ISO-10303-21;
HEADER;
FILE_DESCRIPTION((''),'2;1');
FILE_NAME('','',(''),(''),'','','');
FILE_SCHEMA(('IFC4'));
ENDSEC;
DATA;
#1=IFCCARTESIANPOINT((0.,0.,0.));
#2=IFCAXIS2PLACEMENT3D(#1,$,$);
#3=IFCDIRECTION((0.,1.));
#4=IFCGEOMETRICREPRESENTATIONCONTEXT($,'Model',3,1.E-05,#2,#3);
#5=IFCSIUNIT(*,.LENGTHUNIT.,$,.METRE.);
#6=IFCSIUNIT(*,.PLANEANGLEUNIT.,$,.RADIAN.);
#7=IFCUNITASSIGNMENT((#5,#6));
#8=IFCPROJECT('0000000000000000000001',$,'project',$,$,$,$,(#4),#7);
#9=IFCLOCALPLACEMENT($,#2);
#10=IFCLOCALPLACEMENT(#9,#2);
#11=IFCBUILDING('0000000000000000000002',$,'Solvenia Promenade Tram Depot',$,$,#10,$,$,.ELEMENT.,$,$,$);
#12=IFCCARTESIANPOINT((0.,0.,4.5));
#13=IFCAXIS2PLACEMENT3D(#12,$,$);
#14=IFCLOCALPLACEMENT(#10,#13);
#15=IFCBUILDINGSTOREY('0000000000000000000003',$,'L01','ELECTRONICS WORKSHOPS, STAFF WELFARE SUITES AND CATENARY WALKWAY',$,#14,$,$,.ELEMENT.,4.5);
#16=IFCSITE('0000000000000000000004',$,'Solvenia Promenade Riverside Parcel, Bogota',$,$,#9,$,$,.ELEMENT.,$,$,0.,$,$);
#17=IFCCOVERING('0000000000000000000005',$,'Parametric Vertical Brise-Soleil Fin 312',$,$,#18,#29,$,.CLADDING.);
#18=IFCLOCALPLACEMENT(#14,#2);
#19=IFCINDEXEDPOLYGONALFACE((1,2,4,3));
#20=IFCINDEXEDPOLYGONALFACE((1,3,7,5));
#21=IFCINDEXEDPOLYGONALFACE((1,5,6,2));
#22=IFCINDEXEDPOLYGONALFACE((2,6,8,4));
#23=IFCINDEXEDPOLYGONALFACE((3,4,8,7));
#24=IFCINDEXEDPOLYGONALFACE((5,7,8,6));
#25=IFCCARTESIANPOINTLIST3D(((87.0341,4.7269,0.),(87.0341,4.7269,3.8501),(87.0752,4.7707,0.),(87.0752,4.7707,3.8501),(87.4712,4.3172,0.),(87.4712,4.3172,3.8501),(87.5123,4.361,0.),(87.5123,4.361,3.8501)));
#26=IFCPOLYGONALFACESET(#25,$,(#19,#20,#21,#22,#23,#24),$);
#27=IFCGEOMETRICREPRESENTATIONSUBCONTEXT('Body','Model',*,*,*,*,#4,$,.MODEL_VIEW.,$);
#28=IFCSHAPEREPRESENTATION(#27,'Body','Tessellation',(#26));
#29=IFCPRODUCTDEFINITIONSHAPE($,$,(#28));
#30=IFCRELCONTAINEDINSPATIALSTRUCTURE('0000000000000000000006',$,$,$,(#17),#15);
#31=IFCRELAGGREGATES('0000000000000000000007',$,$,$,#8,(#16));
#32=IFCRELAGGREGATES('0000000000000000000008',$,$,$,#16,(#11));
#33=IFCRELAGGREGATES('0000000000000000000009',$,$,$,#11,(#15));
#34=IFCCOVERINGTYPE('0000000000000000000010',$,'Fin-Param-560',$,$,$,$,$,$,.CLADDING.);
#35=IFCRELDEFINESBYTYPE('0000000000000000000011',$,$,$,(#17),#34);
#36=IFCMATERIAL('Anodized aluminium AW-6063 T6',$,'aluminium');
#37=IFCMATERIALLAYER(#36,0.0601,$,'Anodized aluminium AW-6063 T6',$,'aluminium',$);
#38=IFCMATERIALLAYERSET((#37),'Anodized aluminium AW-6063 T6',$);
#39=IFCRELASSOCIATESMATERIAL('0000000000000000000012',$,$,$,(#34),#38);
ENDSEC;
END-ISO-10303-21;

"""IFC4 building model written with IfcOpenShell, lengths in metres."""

from ifc_helpers import new_model, si_unit, direction, frame, origin, origin_2d, place, context, subcontext, project, spatial, rectangle, extrude, material, layer, layer_set, type_object, element, save


model = new_model("IFC4")

# Units and contexts
model_context = context("Model", 3, precision=1e-05, world=origin(), true_north=direction((0.0, 1.0)))
body_context = subcontext(model_context, "Body", "Model", "MODEL_VIEW")
ifc_project = project(units=[si_unit("LENGTHUNIT", "METRE"), si_unit("PLANEANGLEUNIT", "RADIAN")], contexts=[model_context])

# Site, building, storey
site_placement = place(None, origin())
site = spatial("IfcSite", under=ifc_project, at=site_placement, Name="Solvenia Promenade Riverside Parcel, Bogota", CompositionType="ELEMENT", RefElevation=0.0)
building_placement = place(site_placement, origin())
building = spatial("IfcBuilding", under=site, at=building_placement, Name="Solvenia Promenade Tram Depot", CompositionType="ELEMENT")
storey_placement = place(building_placement, frame((0.0, 0.0, 4.5)))
storey = spatial("IfcBuildingStorey", under=building, at=storey_placement, Name="L01", Description="ELECTRONICS WORKSHOPS, STAFF WELFARE SUITES AND CATENARY WALKWAY", CompositionType="ELEMENT", Elevation=4.5)

# Shared definitions
ifc_material_1 = material(Name="Anodized aluminium AW-6063 T6", Category="aluminium")

# Covering
ifc_layer_1 = layer(ifc_material_1, 0.0601, Name="Anodized aluminium AW-6063 T6", Category="aluminium")
ifc_layer_set_1 = layer_set([ifc_layer_1], Name="Anodized aluminium AW-6063 T6")
covering_type = type_object("IfcCoveringType", Name="Fin-Param-560", PredefinedType="CLADDING", material=ifc_layer_set_1)
covering_1_placement = place(storey_placement, frame((87.2732, 4.5439, 0.0), z_axis=(0.0, 0.0, 1.0), x_axis=(0.683911, 0.729566, 0.0)))
element("IfcCovering", 1, at=covering_1_placement, inside=storey, type_object=covering_type, Name="Parametric Vertical Brise-Soleil Fin 312", PredefinedType="CLADDING", context=body_context, shape_type="SweptSolid", body=[
    extrude(rectangle(XDim=0.0601, YDim=0.5991, at=origin_2d()), origin(), (0.0, 0.0, 1.0), 3.8501),
])

save(model, "model.ifc")
